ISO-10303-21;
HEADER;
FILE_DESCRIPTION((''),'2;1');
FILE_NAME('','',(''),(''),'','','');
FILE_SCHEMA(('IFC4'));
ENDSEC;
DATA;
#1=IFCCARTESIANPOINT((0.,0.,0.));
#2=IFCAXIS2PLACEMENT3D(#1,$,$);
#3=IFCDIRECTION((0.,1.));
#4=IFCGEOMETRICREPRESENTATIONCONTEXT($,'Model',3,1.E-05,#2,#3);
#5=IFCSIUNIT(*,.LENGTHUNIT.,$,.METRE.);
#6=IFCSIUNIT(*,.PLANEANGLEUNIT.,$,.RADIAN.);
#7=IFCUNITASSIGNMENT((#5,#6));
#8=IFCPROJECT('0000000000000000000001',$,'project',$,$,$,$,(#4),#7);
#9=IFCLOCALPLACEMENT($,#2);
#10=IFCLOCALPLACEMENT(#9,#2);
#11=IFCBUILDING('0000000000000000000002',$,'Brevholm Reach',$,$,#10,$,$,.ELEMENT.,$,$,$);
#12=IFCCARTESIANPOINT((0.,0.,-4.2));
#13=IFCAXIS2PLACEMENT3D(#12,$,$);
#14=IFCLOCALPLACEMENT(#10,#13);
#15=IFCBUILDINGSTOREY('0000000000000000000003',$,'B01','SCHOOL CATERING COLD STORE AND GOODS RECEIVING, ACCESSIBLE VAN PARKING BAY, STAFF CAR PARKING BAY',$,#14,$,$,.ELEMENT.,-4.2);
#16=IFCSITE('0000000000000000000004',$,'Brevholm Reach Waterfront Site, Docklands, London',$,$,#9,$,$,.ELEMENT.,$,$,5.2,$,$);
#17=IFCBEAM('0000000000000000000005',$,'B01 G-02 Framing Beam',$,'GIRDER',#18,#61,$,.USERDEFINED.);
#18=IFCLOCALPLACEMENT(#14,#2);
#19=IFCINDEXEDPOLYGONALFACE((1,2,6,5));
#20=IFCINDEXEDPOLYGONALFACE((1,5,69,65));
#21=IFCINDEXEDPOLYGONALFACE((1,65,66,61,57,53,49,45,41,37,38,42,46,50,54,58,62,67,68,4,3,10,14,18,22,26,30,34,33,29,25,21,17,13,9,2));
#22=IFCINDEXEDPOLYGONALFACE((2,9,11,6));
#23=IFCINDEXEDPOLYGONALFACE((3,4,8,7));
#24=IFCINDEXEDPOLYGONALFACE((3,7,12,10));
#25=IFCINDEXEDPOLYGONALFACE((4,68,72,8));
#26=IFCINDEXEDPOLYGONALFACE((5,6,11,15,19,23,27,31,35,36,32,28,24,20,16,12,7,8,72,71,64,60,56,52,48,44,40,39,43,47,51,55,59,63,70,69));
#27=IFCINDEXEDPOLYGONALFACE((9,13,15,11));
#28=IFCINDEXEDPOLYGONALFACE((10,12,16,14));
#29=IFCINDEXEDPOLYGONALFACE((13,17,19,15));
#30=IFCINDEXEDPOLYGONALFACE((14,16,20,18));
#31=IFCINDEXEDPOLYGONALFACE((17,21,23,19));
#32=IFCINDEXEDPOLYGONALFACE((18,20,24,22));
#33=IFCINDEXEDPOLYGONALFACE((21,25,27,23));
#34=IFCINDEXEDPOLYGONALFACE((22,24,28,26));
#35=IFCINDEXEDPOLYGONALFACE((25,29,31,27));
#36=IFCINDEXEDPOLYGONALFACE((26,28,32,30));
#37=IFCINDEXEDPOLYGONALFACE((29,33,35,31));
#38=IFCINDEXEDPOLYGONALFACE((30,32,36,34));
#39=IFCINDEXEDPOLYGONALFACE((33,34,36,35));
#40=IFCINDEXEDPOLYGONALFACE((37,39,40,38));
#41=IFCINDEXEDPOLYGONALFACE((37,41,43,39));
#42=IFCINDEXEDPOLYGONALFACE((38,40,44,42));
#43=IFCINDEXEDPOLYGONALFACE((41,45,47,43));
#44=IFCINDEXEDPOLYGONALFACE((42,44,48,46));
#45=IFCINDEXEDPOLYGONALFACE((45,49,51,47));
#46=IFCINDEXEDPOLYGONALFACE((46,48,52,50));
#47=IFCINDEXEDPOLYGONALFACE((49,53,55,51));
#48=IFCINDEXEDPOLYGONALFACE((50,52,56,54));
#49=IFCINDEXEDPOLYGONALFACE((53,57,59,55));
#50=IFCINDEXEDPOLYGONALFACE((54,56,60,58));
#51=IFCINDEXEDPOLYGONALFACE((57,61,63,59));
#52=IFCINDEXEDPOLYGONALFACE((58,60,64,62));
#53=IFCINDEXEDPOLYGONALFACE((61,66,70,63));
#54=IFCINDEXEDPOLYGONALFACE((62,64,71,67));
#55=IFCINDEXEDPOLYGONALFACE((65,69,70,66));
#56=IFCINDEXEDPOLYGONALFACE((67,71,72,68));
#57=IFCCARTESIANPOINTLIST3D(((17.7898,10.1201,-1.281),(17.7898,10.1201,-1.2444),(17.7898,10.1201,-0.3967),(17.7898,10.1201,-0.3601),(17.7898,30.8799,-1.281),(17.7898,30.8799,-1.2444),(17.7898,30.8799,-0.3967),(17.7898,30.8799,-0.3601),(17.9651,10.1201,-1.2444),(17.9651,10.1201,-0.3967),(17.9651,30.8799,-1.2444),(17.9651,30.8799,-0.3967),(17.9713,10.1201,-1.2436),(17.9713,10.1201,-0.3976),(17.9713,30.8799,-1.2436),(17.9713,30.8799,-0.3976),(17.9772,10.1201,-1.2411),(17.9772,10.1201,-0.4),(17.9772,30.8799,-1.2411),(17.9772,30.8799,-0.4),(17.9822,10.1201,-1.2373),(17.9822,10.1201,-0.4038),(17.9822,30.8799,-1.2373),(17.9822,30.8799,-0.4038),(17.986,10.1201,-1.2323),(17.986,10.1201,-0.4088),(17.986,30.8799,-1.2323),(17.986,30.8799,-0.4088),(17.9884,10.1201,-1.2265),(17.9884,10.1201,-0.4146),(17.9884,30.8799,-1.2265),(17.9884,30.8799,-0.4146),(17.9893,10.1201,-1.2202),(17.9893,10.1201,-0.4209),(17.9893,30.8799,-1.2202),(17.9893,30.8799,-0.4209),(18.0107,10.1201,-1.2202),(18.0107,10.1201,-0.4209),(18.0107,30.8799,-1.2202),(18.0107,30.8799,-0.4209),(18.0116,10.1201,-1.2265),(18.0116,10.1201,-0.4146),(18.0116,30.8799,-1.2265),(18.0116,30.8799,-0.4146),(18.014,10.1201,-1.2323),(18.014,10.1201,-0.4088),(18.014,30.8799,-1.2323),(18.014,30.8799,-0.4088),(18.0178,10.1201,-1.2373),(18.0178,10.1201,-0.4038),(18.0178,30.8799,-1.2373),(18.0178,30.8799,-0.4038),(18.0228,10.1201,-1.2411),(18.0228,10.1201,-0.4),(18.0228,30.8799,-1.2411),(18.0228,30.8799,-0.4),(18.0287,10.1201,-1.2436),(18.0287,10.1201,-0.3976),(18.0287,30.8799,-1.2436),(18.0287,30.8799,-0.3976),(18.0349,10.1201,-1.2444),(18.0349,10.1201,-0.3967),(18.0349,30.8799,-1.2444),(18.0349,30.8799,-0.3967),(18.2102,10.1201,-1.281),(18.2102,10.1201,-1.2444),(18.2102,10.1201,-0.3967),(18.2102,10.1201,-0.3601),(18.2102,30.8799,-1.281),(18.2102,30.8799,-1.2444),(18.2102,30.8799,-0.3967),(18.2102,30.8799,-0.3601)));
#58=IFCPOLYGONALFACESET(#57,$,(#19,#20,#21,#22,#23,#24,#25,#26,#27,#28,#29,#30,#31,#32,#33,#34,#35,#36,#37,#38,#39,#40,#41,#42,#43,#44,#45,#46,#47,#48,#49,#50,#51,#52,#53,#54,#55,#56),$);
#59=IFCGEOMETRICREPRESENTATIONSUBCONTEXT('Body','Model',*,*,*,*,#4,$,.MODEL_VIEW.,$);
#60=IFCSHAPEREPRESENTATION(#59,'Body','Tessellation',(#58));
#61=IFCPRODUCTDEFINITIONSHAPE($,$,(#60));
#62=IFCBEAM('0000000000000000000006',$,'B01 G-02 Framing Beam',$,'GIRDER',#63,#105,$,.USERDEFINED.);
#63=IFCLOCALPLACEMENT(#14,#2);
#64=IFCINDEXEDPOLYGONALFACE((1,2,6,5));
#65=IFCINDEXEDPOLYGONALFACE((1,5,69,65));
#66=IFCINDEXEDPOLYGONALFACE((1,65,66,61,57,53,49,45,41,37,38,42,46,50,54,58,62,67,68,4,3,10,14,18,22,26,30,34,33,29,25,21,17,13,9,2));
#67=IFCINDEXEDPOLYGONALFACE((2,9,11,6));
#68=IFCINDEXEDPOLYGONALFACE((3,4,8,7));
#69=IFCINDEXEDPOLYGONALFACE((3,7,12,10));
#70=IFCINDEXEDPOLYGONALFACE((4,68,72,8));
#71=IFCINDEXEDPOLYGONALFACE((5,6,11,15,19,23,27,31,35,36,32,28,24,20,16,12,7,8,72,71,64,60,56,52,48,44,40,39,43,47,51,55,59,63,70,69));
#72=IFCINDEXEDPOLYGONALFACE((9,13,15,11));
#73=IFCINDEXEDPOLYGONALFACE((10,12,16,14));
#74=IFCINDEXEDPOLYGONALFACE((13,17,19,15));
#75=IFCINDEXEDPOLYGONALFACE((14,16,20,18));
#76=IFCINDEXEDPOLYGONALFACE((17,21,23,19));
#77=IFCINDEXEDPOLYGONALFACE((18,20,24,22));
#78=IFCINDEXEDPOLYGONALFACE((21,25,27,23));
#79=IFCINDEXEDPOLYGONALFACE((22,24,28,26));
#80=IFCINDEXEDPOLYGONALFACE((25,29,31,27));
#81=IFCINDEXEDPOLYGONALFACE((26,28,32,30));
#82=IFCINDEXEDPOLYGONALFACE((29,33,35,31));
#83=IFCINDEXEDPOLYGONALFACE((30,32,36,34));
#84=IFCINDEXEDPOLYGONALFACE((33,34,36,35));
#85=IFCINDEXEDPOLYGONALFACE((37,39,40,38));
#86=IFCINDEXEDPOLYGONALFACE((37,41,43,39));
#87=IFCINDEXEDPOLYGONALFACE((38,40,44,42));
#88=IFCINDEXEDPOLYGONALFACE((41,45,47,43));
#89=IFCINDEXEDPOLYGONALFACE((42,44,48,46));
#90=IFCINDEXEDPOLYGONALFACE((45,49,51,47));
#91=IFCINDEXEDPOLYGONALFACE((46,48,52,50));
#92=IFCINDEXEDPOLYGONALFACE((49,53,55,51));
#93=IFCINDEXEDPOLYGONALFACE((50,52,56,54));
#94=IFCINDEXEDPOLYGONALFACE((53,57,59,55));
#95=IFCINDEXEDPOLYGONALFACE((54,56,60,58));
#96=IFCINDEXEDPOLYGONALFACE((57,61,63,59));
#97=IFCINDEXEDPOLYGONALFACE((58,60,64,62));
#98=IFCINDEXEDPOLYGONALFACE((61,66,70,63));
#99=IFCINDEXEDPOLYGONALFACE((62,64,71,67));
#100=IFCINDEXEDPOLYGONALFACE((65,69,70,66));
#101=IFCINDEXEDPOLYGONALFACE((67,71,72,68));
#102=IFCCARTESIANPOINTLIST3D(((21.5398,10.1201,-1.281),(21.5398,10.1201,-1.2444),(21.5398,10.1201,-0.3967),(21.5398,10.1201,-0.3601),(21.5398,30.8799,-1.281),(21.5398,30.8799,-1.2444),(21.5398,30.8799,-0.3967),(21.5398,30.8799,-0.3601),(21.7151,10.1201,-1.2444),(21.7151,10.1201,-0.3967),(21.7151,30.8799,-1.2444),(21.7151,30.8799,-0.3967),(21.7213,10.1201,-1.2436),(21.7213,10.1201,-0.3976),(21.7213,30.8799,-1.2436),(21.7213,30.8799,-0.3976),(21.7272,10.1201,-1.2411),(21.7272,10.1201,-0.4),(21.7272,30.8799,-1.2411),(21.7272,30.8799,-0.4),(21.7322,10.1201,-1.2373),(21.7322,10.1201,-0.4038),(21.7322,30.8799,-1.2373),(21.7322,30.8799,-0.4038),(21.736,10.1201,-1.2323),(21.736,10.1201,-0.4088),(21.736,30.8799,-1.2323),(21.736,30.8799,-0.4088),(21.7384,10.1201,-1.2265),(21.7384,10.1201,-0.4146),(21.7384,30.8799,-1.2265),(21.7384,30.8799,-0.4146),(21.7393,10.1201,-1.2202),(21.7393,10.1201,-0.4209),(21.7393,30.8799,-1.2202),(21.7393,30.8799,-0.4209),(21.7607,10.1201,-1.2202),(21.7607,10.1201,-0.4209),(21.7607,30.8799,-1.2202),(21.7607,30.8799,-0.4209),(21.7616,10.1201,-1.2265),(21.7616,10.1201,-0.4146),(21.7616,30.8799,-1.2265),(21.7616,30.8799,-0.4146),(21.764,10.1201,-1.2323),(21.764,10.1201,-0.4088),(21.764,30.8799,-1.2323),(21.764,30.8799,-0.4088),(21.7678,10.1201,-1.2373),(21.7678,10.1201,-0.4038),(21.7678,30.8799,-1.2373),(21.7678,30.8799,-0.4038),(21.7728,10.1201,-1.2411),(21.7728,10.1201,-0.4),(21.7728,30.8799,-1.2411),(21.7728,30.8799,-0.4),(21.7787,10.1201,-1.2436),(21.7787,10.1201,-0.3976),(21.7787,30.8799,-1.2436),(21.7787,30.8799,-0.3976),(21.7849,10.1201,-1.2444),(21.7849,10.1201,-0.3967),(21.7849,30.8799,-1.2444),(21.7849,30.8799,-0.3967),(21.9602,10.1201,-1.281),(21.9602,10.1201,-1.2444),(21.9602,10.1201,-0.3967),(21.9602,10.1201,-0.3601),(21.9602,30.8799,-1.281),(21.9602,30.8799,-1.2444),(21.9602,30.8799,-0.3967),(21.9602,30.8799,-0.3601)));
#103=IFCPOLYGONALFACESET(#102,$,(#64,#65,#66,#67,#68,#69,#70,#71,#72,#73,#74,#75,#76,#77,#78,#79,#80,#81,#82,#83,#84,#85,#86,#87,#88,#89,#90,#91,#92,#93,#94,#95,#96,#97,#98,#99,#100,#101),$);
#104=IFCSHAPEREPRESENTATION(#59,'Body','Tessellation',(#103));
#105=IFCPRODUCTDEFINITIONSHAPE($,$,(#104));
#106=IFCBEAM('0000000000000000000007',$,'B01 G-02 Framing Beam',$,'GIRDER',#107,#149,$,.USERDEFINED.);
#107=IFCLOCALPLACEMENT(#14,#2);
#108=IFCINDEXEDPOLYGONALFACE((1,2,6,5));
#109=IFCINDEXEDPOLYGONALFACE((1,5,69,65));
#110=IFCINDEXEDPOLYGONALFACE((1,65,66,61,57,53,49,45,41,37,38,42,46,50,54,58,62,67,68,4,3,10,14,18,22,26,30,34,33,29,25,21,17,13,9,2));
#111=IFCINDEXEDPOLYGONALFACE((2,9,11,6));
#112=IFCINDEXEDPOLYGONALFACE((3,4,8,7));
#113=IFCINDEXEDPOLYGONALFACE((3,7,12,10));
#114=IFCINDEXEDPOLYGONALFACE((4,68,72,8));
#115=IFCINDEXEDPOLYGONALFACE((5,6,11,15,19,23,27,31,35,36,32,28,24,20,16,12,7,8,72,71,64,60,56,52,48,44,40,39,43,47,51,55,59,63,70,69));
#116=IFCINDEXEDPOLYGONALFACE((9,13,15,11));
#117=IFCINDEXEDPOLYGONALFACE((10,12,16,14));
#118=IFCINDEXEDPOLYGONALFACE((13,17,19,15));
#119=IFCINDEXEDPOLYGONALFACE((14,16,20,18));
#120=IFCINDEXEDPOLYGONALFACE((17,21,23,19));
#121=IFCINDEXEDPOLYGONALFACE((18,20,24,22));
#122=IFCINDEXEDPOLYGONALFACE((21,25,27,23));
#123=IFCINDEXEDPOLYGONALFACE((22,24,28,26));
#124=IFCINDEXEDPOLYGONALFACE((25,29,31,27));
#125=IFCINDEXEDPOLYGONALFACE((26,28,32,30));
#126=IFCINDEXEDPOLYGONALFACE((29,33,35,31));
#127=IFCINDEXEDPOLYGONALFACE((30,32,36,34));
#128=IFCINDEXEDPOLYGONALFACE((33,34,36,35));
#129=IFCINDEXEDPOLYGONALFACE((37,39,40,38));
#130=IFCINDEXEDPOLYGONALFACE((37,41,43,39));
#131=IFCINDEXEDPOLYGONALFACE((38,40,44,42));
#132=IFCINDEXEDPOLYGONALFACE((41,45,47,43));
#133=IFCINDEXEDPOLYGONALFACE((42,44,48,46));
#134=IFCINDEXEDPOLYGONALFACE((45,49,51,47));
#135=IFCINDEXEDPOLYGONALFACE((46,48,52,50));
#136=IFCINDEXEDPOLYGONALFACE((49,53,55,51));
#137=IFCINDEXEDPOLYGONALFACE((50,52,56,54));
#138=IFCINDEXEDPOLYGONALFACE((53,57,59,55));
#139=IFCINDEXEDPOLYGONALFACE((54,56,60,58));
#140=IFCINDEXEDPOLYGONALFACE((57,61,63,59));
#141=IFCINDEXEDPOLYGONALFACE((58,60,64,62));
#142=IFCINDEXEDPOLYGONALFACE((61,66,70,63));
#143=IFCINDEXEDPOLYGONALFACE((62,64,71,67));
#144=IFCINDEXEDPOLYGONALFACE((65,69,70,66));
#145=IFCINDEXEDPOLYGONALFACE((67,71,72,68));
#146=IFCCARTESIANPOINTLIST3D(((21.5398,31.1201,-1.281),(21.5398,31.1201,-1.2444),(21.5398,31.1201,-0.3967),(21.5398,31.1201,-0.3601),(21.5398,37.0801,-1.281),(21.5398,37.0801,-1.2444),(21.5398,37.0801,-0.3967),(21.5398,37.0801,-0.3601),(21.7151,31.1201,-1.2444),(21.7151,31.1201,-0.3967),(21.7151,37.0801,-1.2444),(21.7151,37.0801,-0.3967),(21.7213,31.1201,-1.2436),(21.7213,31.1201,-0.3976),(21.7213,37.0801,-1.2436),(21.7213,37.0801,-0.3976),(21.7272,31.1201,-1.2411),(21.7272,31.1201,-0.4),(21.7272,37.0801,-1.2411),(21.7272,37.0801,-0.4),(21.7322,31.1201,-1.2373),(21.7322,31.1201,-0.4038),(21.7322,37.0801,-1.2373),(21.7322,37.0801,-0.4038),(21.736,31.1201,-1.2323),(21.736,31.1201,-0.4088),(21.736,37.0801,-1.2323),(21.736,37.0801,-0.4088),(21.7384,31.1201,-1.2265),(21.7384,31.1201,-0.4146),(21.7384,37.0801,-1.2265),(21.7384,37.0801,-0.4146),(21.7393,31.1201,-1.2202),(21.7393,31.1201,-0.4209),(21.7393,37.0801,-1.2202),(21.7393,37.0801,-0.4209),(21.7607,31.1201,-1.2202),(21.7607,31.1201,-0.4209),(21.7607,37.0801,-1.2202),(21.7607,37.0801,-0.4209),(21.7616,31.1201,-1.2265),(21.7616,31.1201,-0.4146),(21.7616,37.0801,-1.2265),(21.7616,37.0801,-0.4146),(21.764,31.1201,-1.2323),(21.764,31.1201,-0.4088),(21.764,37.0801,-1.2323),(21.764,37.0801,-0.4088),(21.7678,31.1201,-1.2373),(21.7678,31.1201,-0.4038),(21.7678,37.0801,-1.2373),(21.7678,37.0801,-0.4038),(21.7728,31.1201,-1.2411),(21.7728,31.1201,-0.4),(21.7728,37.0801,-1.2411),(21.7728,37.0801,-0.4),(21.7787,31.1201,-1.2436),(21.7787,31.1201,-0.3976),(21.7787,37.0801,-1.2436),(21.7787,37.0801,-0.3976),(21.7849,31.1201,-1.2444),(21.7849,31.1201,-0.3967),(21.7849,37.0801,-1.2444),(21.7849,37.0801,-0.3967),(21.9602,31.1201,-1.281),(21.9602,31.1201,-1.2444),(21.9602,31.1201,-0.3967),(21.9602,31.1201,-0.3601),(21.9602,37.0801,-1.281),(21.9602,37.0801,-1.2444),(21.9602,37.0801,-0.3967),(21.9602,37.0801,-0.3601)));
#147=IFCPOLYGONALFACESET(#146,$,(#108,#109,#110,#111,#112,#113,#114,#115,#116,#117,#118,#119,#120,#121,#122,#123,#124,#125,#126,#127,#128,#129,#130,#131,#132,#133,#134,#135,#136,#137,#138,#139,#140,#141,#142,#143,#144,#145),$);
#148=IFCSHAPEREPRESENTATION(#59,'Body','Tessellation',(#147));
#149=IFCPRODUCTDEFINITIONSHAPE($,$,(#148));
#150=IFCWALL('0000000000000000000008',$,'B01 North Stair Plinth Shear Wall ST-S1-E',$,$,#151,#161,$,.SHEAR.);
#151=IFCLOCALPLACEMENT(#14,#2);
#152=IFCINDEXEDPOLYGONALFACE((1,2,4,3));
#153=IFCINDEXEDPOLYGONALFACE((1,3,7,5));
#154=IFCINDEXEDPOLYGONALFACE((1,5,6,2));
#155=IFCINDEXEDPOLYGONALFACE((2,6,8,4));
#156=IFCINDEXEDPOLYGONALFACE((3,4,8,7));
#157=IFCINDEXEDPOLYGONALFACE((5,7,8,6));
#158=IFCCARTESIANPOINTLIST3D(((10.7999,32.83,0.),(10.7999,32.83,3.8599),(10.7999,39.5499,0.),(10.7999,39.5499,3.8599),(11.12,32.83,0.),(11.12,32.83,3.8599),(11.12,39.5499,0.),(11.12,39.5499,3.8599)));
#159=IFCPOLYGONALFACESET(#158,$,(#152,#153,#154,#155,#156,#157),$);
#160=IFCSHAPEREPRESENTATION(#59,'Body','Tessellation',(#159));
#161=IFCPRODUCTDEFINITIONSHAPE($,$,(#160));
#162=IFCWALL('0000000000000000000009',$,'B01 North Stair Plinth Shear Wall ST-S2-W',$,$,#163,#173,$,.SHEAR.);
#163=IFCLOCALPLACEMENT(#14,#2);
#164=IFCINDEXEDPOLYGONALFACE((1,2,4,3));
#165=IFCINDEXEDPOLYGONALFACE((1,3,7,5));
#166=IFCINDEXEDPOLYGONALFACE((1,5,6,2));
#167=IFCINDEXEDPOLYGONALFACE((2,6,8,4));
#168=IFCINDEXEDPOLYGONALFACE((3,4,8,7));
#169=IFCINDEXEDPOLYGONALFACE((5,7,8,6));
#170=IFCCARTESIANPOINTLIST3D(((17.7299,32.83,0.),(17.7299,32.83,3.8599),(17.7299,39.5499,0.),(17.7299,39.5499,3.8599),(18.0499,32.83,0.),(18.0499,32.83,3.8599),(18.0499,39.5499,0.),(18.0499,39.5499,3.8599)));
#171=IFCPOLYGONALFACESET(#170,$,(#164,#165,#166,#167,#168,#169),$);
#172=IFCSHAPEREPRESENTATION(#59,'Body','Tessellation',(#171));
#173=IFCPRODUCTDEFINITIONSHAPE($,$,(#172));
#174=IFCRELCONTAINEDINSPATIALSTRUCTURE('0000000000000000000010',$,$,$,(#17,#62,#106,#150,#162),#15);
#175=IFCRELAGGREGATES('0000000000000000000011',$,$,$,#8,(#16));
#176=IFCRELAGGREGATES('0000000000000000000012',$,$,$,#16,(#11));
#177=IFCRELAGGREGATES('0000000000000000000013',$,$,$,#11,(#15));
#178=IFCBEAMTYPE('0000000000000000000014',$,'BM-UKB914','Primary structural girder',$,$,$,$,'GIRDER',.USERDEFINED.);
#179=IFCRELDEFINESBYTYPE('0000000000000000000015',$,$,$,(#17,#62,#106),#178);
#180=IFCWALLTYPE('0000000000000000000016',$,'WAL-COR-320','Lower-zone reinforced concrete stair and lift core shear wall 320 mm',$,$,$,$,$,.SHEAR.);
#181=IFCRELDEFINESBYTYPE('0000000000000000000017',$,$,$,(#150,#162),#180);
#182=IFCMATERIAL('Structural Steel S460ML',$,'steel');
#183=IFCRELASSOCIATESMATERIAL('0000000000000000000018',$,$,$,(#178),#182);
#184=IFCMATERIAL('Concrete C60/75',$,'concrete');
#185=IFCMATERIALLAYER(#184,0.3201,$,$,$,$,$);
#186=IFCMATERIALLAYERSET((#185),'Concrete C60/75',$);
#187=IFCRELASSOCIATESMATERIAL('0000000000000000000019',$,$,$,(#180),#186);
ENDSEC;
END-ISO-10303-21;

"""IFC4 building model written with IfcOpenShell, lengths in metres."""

from ifc_helpers import new_model, si_unit, direction, frame, frame_2d, origin, origin_2d, place, context, subcontext, project, spatial, rectangle, i_section, extrude, material, layer, layer_set, material_profile, profile_set, type_object, element, save


model = new_model("IFC4")

# Units and contexts
model_context = context("Model", 3, precision=1e-05, world=origin(), true_north=direction((0.0, 1.0)))
body_context = subcontext(model_context, "Body", "Model", "MODEL_VIEW")
ifc_project = project(units=[si_unit("LENGTHUNIT", "METRE"), si_unit("PLANEANGLEUNIT", "RADIAN")], contexts=[model_context])

# Site, building, storey
site_placement = place(None, origin())
site = spatial("IfcSite", under=ifc_project, at=site_placement, Name="Brevholm Reach Waterfront Site, Docklands, London", CompositionType="ELEMENT", RefElevation=5.2)
building_placement = place(site_placement, origin())
building = spatial("IfcBuilding", under=site, at=building_placement, Name="Brevholm Reach", CompositionType="ELEMENT")
storey_placement = place(building_placement, frame((0.0, 0.0, -4.2)))
storey = spatial("IfcBuildingStorey", under=building, at=storey_placement, Name="B01", Description="SCHOOL CATERING COLD STORE AND GOODS RECEIVING, ACCESSIBLE VAN PARKING BAY, STAFF CAR PARKING BAY", CompositionType="ELEMENT", Elevation=-4.2)

# Beams
ifc_material_1 = material(Name="Structural Steel S460ML", Category="steel")
ifc_material_profile_1 = material_profile(ifc_material_1, i_section(OverallWidth=0.4204, OverallDepth=0.9209, WebThickness=0.0215, FlangeThickness=0.0366, FilletRadius=0.0242, at=origin_2d()), Name="UKB 914x419x388")
ifc_profile_set_1 = profile_set([ifc_material_profile_1], Name="Structural Steel S460ML")
beam_type_1 = type_object("IfcBeamType", Name="BM-UKB914", Description="Primary structural girder", ElementType="GIRDER", PredefinedType="USERDEFINED", material=ifc_profile_set_1)
for number, where, z_axis, x_axis, name in (
    (1, (18.0, 10.1201, -0.8206), (0.0, 1.0, 0.0), (-1.0, 0.0, 0.0), "B01 G-02 Framing Beam"),
    (2, (21.75, 10.1201, -0.8206), (0.0, 1.0, 0.0), (-1.0, 0.0, 0.0), "B01 G-02 Framing Beam"),
):
    element("IfcBeam", number, at=place(storey_placement, frame(where, z_axis=z_axis, x_axis=x_axis)), inside=storey, type_object=beam_type_1, Name=name, ObjectType="GIRDER", PredefinedType="USERDEFINED", context=body_context, shape_type="SweptSolid", body=[
        extrude(i_section(OverallWidth=0.4204, OverallDepth=0.9209, WebThickness=0.0215, FlangeThickness=0.0366, FilletRadius=0.0242, at=origin_2d()), origin(), (0.0, 0.0, 1.0), 20.7598),
    ])
beam_1_placement = place(storey_placement, frame((21.75, 31.1201, -0.8206), z_axis=(0.0, 1.0, 0.0), x_axis=(-1.0, 0.0, 0.0)))
element("IfcBeam", 3, at=beam_1_placement, inside=storey, type_object=beam_type_1, Name="B01 G-02 Framing Beam", ObjectType="GIRDER", PredefinedType="USERDEFINED", context=body_context, shape_type="SweptSolid", body=[
    extrude(i_section(OverallWidth=0.4204, OverallDepth=0.9209, WebThickness=0.0215, FlangeThickness=0.0366, FilletRadius=0.0242, at=origin_2d()), origin(), (0.0, 0.0, 1.0), 5.96),
])

# Walls
ifc_material_2 = material(Name="Concrete C60/75", Category="concrete")
ifc_layer_1 = layer(ifc_material_2, 0.3201)
ifc_layer_set_1 = layer_set([ifc_layer_1], Name="Concrete C60/75")
wall_type_1 = type_object("IfcWallType", Name="WAL-COR-320", Description="Lower-zone reinforced concrete stair and lift core shear wall 320 mm", PredefinedType="SHEAR", material=ifc_layer_set_1)
for number, where, z_axis, x_axis, name in (
    (4, (10.96, 32.8301, 0.0), (0.0, 0.0, 1.0), (0.0, 1.0, 0.0), "B01 North Stair Plinth Shear Wall ST-S1-E"),
    (5, (17.8899, 32.8301, 0.0), (0.0, 0.0, 1.0), (0.0, 1.0, 0.0), "B01 North Stair Plinth Shear Wall ST-S2-W"),
):
    element("IfcWall", number, at=place(storey_placement, frame(where, z_axis=z_axis, x_axis=x_axis)), inside=storey, type_object=wall_type_1, Name=name, PredefinedType="SHEAR", context=body_context, shape_type="SweptSolid", body=[
        extrude(rectangle(XDim=6.72, YDim=0.3201, at=frame_2d((3.3599, 0.0))), origin(), (0.0, 0.0, 1.0), 3.8599),
    ])

save(model, "model.ifc")
